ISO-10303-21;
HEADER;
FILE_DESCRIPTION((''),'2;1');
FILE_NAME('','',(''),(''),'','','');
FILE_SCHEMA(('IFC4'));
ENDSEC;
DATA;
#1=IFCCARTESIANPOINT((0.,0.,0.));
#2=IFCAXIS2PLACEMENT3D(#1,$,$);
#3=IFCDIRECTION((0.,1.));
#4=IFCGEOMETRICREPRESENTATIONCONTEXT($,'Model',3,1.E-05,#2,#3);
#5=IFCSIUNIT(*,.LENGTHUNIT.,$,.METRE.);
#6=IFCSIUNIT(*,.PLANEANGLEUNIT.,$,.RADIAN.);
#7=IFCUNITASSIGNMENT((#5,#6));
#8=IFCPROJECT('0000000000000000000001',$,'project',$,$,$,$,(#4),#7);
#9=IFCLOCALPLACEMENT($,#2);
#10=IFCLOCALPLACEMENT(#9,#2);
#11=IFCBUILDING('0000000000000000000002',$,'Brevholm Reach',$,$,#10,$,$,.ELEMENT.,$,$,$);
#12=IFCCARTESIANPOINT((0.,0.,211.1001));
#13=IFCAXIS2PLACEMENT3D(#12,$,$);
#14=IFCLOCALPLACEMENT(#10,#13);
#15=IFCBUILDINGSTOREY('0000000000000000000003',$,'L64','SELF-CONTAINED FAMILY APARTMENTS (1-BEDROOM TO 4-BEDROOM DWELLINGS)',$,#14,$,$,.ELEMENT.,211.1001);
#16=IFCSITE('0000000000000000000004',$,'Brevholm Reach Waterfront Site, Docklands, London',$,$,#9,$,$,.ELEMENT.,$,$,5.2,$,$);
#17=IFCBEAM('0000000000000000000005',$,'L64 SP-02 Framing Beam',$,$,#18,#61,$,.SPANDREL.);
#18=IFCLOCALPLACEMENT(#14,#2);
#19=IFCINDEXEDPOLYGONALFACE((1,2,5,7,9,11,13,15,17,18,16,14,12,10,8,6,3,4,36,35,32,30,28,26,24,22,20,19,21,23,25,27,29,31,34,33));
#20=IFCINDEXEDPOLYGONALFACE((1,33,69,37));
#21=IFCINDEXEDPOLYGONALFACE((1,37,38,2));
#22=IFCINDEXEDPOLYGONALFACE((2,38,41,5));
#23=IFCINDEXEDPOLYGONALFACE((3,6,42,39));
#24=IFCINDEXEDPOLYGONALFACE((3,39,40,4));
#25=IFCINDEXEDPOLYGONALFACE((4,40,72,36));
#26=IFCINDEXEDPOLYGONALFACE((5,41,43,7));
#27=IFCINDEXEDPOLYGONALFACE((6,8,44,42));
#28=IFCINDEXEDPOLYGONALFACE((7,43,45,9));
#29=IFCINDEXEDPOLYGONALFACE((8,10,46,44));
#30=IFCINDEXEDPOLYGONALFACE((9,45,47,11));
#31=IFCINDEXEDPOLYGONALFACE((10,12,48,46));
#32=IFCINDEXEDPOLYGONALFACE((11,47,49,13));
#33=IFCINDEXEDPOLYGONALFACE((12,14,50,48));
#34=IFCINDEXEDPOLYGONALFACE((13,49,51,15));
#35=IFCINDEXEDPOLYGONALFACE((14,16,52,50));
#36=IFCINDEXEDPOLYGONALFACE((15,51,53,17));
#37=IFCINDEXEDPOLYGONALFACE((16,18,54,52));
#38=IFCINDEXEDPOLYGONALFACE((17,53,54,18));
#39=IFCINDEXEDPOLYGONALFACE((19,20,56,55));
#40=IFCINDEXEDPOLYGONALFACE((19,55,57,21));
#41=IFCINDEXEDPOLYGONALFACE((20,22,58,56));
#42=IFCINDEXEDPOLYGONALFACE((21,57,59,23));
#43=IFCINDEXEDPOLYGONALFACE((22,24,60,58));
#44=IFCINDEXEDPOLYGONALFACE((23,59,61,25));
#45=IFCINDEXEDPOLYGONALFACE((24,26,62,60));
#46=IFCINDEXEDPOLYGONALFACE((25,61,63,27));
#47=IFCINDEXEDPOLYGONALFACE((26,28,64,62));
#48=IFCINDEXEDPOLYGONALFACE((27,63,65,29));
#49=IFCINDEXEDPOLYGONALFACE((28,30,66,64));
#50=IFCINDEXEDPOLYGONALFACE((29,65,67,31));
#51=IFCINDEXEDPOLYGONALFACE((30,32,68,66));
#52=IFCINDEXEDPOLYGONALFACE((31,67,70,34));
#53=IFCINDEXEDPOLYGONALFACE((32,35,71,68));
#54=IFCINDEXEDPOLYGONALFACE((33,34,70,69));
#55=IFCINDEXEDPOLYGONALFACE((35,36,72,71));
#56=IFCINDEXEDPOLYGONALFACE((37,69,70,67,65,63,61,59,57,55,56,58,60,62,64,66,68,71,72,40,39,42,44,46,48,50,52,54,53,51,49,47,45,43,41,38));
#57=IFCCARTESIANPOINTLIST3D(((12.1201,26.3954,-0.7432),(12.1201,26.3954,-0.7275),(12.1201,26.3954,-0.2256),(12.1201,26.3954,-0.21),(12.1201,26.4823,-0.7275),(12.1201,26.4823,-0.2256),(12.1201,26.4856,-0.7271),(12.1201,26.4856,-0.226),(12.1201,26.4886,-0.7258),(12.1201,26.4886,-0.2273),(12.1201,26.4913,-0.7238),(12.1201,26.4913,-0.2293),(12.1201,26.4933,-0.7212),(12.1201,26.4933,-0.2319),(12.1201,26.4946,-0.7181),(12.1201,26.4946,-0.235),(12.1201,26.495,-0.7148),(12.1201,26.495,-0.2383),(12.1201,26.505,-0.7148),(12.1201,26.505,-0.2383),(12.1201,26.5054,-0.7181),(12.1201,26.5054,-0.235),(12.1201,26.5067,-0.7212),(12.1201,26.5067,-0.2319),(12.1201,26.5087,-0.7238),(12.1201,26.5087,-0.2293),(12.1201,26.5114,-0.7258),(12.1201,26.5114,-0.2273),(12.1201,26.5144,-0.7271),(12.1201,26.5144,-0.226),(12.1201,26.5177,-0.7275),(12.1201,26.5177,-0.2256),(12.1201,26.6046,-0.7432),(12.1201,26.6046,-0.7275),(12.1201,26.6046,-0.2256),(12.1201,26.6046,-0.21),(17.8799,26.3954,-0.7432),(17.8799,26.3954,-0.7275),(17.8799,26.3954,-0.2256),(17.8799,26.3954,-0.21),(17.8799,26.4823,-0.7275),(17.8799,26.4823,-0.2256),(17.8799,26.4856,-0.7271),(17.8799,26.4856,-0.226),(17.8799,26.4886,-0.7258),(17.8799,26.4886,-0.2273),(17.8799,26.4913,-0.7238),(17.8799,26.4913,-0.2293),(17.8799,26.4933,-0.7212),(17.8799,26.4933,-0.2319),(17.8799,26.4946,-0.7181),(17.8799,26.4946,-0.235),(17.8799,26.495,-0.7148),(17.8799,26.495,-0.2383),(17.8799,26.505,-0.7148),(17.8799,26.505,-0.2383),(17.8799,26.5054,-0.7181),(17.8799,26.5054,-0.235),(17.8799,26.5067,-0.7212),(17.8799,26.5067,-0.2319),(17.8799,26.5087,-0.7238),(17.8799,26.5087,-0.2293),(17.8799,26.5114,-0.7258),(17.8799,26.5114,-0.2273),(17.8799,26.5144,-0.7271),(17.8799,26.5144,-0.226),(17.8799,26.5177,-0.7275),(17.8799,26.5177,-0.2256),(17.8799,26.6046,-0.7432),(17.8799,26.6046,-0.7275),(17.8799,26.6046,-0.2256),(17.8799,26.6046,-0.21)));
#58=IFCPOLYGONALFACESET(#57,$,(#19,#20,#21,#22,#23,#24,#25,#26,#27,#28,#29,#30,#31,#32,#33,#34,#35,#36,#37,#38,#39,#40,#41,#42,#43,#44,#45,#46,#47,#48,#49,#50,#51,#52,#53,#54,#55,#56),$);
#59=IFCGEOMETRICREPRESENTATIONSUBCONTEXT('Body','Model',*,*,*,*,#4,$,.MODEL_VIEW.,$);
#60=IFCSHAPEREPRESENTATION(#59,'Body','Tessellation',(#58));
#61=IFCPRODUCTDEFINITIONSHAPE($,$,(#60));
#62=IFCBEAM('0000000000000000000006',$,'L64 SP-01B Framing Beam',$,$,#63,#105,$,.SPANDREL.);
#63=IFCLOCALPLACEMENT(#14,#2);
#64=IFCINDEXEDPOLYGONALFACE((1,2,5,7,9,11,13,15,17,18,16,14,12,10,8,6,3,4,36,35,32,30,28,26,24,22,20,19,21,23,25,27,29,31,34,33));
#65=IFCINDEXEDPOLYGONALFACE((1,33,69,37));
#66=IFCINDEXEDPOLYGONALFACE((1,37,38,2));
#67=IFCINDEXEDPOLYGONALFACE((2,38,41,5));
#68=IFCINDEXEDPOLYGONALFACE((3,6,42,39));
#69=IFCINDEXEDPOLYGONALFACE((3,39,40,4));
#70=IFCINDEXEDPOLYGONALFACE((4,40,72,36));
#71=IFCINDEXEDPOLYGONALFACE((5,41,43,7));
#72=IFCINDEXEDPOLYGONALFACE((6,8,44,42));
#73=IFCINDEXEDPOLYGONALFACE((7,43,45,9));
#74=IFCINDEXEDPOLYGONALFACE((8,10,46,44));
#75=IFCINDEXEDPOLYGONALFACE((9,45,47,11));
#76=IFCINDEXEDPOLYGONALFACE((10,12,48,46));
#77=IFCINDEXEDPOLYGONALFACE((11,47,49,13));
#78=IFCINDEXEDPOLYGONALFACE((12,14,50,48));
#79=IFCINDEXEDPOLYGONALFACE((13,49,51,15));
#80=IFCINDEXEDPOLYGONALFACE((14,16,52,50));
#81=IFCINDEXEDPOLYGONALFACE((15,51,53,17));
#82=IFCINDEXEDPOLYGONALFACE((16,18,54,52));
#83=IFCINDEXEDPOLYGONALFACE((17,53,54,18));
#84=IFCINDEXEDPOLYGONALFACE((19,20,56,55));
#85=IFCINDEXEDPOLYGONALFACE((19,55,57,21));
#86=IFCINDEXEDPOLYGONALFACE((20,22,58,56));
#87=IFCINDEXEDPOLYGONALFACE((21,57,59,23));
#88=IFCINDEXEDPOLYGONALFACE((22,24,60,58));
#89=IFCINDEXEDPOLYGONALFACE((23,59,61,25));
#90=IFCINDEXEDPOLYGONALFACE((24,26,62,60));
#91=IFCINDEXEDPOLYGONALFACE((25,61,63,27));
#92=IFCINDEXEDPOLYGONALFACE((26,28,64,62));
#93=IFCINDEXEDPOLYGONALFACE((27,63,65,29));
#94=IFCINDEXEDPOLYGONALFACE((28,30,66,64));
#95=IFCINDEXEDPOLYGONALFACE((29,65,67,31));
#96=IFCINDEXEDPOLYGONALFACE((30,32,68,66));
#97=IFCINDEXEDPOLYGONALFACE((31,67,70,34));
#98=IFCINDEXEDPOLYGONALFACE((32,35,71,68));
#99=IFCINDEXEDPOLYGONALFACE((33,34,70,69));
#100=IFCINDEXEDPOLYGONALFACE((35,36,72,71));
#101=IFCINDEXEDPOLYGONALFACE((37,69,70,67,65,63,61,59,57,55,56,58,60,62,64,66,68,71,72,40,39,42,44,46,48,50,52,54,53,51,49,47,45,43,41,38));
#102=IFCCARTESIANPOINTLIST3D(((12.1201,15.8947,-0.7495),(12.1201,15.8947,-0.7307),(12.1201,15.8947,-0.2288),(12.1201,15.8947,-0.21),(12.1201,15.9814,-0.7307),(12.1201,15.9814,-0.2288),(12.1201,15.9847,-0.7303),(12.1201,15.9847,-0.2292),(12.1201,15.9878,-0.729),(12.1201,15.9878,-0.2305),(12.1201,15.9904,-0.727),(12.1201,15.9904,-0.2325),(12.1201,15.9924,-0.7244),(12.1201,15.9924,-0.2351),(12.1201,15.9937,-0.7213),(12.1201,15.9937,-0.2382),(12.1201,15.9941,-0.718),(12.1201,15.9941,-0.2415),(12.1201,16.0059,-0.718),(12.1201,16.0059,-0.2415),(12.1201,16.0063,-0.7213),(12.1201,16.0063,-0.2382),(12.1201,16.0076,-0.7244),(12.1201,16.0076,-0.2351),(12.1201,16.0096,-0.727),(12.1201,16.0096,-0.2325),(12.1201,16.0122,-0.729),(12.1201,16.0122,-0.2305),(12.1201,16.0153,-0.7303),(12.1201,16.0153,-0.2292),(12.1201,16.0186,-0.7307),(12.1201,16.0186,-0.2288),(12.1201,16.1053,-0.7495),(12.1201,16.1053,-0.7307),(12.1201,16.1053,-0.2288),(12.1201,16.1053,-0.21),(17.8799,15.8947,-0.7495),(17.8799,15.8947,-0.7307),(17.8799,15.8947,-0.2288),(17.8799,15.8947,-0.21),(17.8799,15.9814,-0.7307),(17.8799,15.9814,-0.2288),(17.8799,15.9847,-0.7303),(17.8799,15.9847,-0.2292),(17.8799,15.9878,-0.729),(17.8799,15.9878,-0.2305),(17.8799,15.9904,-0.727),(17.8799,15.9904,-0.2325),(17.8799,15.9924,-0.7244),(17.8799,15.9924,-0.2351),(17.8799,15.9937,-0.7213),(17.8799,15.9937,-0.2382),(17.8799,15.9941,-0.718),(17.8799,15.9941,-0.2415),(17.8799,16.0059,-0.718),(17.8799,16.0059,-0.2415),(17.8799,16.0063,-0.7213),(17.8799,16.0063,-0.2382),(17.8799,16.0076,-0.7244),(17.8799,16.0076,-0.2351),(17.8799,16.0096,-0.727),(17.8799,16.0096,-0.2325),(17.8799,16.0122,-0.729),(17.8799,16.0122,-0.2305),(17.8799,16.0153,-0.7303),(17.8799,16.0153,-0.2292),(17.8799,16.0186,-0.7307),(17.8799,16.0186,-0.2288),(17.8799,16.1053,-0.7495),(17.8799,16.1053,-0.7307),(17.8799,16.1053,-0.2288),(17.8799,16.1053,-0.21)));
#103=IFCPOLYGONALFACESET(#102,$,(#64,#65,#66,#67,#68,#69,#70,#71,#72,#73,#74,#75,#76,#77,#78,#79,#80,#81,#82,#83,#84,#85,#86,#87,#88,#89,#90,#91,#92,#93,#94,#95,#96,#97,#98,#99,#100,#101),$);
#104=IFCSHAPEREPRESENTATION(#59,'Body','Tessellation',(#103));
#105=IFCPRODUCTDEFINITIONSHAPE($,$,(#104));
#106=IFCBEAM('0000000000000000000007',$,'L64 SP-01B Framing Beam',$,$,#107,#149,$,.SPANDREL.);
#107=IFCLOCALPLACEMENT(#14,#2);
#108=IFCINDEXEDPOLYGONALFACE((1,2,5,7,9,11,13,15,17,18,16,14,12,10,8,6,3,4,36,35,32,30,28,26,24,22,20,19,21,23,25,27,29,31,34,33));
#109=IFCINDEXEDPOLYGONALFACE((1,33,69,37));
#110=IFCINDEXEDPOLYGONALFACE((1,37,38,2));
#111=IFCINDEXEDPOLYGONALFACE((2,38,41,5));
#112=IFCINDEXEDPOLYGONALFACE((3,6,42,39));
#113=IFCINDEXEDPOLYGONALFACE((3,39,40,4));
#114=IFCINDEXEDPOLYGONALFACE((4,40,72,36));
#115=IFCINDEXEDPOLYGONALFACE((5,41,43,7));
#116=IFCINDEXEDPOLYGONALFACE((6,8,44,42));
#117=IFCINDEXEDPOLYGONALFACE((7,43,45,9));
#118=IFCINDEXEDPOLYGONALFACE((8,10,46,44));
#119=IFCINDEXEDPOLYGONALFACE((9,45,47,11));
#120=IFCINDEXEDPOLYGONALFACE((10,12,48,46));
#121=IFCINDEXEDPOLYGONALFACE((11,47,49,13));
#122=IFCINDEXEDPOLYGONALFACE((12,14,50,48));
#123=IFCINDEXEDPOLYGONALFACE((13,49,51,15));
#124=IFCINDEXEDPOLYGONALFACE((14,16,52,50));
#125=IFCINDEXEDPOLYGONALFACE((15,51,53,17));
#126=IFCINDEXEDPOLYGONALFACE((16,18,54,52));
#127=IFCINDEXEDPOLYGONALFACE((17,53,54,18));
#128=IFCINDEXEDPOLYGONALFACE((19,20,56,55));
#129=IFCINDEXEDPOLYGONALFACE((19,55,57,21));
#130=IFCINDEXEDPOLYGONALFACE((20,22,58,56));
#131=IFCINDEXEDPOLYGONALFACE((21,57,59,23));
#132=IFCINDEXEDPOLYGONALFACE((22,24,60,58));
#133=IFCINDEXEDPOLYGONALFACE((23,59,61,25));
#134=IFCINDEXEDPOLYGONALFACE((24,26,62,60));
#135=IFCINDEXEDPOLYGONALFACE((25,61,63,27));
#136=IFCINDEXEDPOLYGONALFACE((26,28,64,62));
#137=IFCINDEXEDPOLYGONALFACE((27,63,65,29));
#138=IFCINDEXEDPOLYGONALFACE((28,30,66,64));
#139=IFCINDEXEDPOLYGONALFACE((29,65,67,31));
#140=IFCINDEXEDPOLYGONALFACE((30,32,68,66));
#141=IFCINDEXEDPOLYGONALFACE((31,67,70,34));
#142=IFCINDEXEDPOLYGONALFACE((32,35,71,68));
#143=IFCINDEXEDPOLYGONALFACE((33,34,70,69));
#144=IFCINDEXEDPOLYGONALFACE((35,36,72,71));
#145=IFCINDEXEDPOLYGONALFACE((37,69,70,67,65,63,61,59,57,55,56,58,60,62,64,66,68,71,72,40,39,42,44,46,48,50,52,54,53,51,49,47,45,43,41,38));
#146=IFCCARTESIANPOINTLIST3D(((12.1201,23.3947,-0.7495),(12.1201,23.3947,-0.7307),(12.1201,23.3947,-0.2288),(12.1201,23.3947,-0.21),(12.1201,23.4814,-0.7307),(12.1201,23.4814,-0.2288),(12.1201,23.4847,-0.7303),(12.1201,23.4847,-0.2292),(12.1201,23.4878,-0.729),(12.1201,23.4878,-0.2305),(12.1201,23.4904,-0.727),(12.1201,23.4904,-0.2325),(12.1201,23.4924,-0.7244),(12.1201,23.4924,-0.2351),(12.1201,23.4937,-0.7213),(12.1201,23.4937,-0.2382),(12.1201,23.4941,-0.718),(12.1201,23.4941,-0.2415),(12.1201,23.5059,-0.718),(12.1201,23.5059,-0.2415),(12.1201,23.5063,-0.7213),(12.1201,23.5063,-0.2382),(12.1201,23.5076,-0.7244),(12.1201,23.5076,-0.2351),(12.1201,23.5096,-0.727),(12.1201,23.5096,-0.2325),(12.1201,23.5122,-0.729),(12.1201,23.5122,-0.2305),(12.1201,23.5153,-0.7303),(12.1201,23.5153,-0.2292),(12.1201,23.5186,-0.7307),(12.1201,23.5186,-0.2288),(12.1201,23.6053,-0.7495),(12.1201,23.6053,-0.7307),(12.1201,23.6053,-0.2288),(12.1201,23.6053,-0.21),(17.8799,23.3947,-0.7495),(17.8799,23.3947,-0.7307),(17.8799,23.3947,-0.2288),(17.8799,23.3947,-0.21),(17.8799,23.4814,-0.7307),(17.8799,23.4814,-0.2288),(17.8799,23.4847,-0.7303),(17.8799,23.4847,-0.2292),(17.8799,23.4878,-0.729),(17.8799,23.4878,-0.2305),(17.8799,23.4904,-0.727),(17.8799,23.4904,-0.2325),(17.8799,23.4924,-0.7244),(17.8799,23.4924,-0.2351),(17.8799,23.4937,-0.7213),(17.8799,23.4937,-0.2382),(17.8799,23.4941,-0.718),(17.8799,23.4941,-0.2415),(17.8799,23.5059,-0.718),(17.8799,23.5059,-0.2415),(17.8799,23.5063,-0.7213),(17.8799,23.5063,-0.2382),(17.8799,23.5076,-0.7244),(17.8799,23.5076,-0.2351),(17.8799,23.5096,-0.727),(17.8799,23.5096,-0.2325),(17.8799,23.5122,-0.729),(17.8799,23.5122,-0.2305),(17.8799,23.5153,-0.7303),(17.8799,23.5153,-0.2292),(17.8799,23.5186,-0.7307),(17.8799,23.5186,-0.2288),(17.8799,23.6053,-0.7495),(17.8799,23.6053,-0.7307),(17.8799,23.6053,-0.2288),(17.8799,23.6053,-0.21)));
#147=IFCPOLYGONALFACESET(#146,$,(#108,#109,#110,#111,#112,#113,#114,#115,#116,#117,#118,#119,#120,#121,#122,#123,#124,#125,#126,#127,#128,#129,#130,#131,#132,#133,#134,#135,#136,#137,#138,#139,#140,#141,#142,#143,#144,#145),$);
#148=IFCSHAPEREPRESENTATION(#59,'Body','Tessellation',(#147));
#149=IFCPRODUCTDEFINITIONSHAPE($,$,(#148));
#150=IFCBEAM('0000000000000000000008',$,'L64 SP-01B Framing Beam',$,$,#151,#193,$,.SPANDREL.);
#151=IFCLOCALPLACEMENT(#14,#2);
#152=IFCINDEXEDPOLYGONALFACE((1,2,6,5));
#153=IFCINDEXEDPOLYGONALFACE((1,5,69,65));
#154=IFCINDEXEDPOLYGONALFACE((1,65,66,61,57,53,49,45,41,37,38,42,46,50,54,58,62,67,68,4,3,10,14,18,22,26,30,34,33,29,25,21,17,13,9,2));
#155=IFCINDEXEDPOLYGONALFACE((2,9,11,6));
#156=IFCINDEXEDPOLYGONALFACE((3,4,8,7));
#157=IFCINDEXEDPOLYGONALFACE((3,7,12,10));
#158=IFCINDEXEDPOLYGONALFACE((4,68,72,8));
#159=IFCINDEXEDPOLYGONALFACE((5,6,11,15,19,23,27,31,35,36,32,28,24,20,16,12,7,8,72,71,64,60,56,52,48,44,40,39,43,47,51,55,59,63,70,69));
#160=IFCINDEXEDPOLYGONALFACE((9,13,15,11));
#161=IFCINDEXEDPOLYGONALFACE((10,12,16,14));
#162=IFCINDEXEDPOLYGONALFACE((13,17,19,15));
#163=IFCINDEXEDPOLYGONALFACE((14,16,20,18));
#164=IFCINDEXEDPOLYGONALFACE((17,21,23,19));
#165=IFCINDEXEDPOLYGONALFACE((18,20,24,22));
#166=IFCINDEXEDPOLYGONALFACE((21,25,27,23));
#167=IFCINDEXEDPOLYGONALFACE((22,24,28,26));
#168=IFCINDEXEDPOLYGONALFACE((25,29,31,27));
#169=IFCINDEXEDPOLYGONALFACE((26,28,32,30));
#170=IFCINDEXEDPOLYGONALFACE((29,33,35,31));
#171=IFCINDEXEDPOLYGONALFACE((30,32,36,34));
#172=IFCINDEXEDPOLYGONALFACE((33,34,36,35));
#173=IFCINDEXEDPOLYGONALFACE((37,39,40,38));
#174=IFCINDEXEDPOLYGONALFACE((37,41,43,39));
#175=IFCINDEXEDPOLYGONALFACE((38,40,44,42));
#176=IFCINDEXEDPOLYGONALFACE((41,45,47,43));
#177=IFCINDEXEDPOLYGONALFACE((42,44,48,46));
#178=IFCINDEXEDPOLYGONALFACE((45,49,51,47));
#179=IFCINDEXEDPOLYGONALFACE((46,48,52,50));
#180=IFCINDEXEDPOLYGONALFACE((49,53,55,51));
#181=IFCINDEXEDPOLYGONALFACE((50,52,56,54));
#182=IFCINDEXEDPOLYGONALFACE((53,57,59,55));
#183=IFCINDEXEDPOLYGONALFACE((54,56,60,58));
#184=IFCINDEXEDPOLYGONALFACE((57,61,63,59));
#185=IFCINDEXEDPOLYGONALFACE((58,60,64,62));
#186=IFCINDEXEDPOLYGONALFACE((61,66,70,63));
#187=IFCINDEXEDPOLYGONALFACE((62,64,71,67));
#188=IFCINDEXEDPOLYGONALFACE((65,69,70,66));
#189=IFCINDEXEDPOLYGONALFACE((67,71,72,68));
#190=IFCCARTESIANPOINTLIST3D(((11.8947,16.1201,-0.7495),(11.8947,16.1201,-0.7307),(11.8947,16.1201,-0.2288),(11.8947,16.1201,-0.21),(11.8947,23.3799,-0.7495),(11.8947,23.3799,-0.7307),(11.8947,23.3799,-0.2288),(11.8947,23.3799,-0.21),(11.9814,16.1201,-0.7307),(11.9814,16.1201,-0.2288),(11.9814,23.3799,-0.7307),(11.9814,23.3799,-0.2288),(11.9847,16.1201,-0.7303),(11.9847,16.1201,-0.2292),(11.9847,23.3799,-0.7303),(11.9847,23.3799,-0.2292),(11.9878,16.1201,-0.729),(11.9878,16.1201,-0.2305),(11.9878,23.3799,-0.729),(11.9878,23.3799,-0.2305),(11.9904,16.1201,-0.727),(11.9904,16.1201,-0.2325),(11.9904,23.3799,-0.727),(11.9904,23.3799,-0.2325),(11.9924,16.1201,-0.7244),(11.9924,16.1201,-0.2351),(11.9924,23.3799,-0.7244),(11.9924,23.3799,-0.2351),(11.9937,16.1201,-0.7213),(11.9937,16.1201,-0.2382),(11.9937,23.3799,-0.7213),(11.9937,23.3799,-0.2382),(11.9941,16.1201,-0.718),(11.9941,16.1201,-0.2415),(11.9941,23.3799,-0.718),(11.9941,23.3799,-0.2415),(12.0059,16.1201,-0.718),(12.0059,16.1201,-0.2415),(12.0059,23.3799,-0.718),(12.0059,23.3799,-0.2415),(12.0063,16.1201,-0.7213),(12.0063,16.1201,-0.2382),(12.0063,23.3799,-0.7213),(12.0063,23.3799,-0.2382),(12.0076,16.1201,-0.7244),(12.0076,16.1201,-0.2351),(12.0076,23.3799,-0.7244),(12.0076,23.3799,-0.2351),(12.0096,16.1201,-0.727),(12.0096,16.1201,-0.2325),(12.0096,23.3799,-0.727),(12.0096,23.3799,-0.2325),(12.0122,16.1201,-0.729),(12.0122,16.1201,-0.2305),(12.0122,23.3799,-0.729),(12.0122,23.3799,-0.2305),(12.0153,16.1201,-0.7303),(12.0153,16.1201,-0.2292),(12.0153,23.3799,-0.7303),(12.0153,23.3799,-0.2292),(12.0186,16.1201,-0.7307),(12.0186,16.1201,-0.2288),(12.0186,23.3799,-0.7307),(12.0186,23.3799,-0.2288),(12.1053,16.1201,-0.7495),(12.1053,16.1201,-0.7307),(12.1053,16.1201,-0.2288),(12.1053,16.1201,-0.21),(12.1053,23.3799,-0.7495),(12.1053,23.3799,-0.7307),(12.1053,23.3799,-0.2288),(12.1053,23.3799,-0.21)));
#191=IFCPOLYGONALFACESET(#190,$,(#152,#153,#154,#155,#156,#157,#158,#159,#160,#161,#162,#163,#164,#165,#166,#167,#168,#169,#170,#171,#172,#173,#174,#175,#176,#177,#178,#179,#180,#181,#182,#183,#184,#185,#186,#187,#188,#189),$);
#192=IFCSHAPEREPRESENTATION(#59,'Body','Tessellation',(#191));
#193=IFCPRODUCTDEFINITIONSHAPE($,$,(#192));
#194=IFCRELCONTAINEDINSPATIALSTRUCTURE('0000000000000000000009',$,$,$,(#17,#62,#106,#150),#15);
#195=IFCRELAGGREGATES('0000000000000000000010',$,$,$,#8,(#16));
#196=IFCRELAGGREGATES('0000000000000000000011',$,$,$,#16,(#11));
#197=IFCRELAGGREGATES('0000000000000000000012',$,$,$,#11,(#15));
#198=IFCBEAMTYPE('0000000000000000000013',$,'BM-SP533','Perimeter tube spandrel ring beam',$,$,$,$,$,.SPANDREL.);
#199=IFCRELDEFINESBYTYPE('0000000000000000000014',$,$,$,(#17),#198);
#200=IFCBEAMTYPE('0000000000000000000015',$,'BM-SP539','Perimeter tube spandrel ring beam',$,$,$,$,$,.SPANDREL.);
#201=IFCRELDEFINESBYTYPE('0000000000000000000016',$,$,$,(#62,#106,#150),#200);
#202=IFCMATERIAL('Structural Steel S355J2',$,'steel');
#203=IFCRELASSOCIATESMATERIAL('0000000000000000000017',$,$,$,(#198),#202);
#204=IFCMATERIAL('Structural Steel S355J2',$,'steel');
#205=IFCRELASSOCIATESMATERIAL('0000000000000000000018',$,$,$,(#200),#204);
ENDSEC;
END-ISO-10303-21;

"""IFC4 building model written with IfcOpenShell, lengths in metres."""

from ifc_helpers import new_model, si_unit, direction, frame, origin, origin_2d, place, context, subcontext, project, spatial, i_section, extrude, material, material_profile, profile_set, type_object, element, save


model = new_model("IFC4")

# Units and contexts
model_context = context("Model", 3, precision=1e-05, world=origin(), true_north=direction((0.0, 1.0)))
body_context = subcontext(model_context, "Body", "Model", "MODEL_VIEW")
ifc_project = project(units=[si_unit("LENGTHUNIT", "METRE"), si_unit("PLANEANGLEUNIT", "RADIAN")], contexts=[model_context])

# Site, building, storey
site_placement = place(None, origin())
site = spatial("IfcSite", under=ifc_project, at=site_placement, Name="Brevholm Reach Waterfront Site, Docklands, London", CompositionType="ELEMENT", RefElevation=5.2)
building_placement = place(site_placement, origin())
building = spatial("IfcBuilding", under=site, at=building_placement, Name="Brevholm Reach", CompositionType="ELEMENT")
storey_placement = place(building_placement, frame((0.0, 0.0, 211.1001)))
storey = spatial("IfcBuildingStorey", under=building, at=storey_placement, Name="L64", Description="SELF-CONTAINED FAMILY APARTMENTS (1-BEDROOM TO 4-BEDROOM DWELLINGS)", CompositionType="ELEMENT", Elevation=211.1001)

# Beams
ifc_material_1 = material(Name="Structural Steel S355J2", Category="steel")
ifc_material_profile_1 = material_profile(ifc_material_1, i_section(OverallWidth=0.2092, OverallDepth=0.5332, WebThickness=0.01, FlangeThickness=0.0156, FilletRadius=0.0127, at=origin_2d()), Name="UKB 533x210x92")
ifc_profile_set_1 = profile_set([ifc_material_profile_1], Name="Structural Steel S355J2")
beam_type_1 = type_object("IfcBeamType", Name="BM-SP533", Description="Perimeter tube spandrel ring beam", PredefinedType="SPANDREL", material=ifc_profile_set_1)
beam_1_placement = place(storey_placement, frame((12.1201, 26.5, -0.4766), z_axis=(1.0, 0.0, 0.0), x_axis=(0.0, 1.0, 0.0)))
element("IfcBeam", 1, at=beam_1_placement, inside=storey, type_object=beam_type_1, Name="L64 SP-02 Framing Beam", PredefinedType="SPANDREL", context=body_context, shape_type="SweptSolid", body=[
    extrude(i_section(OverallWidth=0.2092, OverallDepth=0.5332, WebThickness=0.01, FlangeThickness=0.0156, FilletRadius=0.0127, at=origin_2d()), origin(), (0.0, 0.0, 1.0), 5.7598),
])
ifc_material_2 = material(Name="Structural Steel S355J2", Category="steel")
ifc_material_profile_2 = material_profile(ifc_material_2, i_section(OverallWidth=0.2107, OverallDepth=0.5396, WebThickness=0.0117, FlangeThickness=0.0188, FilletRadius=0.0127, at=origin_2d()), Name="UKB 533x210x109")
ifc_profile_set_2 = profile_set([ifc_material_profile_2], Name="Structural Steel S355J2")
beam_type_2 = type_object("IfcBeamType", Name="BM-SP539", Description="Perimeter tube spandrel ring beam", PredefinedType="SPANDREL", material=ifc_profile_set_2)
for number, where, z_axis, x_axis, name in (
    (2, (12.1201, 16.0, -0.4797), (1.0, 0.0, 0.0), (0.0, 1.0, 0.0), "L64 SP-01B Framing Beam"),
    (3, (12.1201, 23.5, -0.4797), (1.0, 0.0, 0.0), (0.0, 1.0, 0.0), "L64 SP-01B Framing Beam"),
):
    element("IfcBeam", number, at=place(storey_placement, frame(where, z_axis=z_axis, x_axis=x_axis)), inside=storey, type_object=beam_type_2, Name=name, PredefinedType="SPANDREL", context=body_context, shape_type="SweptSolid", body=[
        extrude(i_section(OverallWidth=0.2107, OverallDepth=0.5396, WebThickness=0.0117, FlangeThickness=0.0188, FilletRadius=0.0127, at=origin_2d()), origin(), (0.0, 0.0, 1.0), 5.7598),
    ])
beam_2_placement = place(storey_placement, frame((12.0, 16.1201, -0.4797), z_axis=(0.0, 1.0, 0.0), x_axis=(-1.0, 0.0, 0.0)))
element("IfcBeam", 4, at=beam_2_placement, inside=storey, type_object=beam_type_2, Name="L64 SP-01B Framing Beam", PredefinedType="SPANDREL", context=body_context, shape_type="SweptSolid", body=[
    extrude(i_section(OverallWidth=0.2107, OverallDepth=0.5396, WebThickness=0.0117, FlangeThickness=0.0188, FilletRadius=0.0127, at=origin_2d()), origin(), (0.0, 0.0, 1.0), 7.2598),
])

save(model, "model.ifc")
